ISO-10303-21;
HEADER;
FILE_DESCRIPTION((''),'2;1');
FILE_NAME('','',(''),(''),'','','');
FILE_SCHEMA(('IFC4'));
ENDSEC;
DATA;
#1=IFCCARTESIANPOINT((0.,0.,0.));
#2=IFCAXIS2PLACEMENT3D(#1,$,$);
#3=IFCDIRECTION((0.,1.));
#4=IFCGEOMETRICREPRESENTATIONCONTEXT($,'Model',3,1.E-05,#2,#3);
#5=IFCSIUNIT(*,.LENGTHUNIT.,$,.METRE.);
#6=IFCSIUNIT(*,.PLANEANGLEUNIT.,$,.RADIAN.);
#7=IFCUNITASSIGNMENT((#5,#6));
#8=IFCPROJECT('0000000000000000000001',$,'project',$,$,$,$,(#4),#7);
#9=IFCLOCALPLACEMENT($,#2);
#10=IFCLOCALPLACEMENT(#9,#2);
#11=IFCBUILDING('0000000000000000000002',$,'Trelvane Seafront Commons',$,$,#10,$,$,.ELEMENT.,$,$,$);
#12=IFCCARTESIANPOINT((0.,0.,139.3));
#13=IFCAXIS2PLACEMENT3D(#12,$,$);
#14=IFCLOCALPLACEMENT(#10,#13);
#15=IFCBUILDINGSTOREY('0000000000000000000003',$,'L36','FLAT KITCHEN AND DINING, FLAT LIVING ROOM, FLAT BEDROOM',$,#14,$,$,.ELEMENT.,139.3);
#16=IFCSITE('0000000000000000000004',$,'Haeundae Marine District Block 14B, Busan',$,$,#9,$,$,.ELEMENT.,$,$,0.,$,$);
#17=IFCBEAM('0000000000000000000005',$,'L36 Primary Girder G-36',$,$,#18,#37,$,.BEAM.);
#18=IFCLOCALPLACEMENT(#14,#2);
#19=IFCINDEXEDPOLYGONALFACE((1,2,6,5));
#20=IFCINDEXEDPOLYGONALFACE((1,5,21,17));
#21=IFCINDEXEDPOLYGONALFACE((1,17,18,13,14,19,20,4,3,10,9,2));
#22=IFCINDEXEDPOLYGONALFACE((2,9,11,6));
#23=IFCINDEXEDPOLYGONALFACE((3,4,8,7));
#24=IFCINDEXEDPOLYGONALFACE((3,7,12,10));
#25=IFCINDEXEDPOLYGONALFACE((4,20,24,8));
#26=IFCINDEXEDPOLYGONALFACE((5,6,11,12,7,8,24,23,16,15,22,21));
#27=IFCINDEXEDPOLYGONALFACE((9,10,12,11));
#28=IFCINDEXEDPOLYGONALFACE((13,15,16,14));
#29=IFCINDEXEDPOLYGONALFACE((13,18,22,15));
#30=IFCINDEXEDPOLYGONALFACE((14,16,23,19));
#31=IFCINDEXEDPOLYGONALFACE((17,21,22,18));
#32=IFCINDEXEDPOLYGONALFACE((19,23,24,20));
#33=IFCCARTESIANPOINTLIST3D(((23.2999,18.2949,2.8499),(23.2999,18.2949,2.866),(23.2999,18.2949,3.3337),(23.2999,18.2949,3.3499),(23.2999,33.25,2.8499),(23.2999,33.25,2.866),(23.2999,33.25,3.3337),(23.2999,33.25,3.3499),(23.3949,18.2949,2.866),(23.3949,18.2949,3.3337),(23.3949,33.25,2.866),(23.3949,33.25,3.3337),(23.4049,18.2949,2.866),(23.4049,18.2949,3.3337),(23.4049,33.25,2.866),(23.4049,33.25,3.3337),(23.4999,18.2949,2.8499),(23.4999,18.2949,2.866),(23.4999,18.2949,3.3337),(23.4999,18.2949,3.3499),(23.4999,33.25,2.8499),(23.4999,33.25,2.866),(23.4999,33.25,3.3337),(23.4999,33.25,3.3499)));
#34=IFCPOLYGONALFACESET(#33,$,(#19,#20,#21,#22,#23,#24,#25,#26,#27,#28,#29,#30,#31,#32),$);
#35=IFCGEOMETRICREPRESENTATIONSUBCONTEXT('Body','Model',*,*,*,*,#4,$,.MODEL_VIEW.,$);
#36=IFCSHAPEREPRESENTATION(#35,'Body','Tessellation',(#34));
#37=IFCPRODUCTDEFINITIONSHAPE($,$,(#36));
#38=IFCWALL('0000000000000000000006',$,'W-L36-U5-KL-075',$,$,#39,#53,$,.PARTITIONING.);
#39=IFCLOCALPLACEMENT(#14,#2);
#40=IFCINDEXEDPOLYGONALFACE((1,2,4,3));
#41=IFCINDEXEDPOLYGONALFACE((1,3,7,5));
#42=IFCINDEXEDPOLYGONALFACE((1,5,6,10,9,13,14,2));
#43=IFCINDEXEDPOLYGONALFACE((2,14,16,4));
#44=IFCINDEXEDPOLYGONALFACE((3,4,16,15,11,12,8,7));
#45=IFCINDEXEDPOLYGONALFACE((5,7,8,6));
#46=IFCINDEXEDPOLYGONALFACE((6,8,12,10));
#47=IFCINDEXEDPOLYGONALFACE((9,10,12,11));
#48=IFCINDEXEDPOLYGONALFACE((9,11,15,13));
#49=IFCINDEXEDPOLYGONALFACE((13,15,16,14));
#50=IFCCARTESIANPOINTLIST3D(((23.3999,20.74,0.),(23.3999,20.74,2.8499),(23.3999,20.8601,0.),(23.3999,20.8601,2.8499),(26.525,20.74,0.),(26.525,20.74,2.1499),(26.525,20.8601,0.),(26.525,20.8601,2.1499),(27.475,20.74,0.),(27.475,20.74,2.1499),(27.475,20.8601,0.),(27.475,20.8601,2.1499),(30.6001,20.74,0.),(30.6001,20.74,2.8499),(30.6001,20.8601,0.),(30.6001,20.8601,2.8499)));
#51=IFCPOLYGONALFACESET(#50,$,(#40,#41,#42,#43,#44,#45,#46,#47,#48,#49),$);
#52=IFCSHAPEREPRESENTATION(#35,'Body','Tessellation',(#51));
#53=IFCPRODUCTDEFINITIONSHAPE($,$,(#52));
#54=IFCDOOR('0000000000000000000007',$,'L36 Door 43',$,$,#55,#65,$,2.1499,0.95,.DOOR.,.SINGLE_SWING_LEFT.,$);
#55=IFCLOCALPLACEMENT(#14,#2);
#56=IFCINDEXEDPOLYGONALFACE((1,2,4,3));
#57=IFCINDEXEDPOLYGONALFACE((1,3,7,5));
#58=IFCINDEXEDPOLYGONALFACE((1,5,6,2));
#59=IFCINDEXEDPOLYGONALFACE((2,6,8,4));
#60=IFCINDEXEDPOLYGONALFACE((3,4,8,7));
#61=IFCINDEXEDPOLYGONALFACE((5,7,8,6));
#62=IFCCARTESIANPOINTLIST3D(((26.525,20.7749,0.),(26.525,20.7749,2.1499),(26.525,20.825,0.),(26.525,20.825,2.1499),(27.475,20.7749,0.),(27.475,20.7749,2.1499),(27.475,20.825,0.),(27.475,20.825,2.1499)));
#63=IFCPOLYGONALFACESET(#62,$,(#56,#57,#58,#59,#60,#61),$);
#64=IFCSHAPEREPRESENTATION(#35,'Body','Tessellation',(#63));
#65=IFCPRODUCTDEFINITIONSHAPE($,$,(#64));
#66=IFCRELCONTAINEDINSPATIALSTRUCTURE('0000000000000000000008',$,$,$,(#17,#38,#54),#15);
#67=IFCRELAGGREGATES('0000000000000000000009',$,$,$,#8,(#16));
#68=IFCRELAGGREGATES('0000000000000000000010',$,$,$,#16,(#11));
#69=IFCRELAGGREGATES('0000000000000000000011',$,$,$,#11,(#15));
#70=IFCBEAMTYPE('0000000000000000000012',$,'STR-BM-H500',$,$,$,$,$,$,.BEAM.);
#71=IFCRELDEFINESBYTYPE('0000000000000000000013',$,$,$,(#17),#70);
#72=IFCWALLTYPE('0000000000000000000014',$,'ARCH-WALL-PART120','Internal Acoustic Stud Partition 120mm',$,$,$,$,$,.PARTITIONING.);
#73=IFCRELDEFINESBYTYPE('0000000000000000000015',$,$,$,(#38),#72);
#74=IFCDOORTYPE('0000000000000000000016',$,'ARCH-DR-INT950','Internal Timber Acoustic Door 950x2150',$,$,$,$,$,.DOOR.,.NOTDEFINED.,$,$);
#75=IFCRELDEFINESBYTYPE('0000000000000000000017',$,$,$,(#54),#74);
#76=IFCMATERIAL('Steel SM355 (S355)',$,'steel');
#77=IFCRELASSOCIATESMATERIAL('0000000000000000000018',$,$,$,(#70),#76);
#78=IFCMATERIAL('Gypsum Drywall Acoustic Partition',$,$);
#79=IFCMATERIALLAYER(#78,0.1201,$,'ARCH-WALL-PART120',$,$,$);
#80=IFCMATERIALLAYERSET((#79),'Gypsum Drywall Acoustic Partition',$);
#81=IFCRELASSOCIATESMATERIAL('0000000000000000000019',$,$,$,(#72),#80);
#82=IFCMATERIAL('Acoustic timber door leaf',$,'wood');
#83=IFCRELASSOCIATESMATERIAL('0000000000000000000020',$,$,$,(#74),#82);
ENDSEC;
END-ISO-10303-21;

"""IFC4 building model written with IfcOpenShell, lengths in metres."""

from ifc_helpers import new_model, si_unit, direction, frame, frame_2d, origin, origin_2d, place, context, subcontext, project, spatial, rectangle, i_section, extrude, source, transform, mapped, material, layer, layer_set, material_profile, profile_set, type_object, element, fill, save


model = new_model("IFC4")

# Units and contexts
model_context = context("Model", 3, precision=1e-05, world=origin(), true_north=direction((0.0, 1.0)))
body_context = subcontext(model_context, "Body", "Model", "MODEL_VIEW")
ifc_project = project(units=[si_unit("LENGTHUNIT", "METRE"), si_unit("PLANEANGLEUNIT", "RADIAN")], contexts=[model_context])

# Site, building, storey
site_placement = place(None, origin())
site = spatial("IfcSite", under=ifc_project, at=site_placement, Name="Haeundae Marine District Block 14B, Busan", CompositionType="ELEMENT", RefElevation=0.0)
building_placement = place(site_placement, origin())
building = spatial("IfcBuilding", under=site, at=building_placement, Name="Trelvane Seafront Commons", CompositionType="ELEMENT")
storey_placement = place(building_placement, frame((0.0, 0.0, 139.3)))
storey = spatial("IfcBuildingStorey", under=building, at=storey_placement, Name="L36", Description="FLAT KITCHEN AND DINING, FLAT LIVING ROOM, FLAT BEDROOM", CompositionType="ELEMENT", Elevation=139.3)

# Shared definitions
ifc_material_1 = material(Name="Steel SM355 (S355)", Category="steel")

# Beam
ifc_material_profile_1 = material_profile(ifc_material_1, i_section(OverallWidth=0.2, OverallDepth=0.5, WebThickness=0.01, FlangeThickness=0.0161, at=origin_2d()), Name="H-500x200x10x16")
ifc_profile_set_1 = profile_set([ifc_material_profile_1], Name="Steel SM355 (S355)")
beam_type_1 = type_object("IfcBeamType", Name="STR-BM-H500", PredefinedType="BEAM", material=ifc_profile_set_1)
shared_shape_1 = source(origin(), body_context, "Body", "SweptSolid", [
    extrude(i_section(OverallWidth=0.2, OverallDepth=0.5, WebThickness=0.01, FlangeThickness=0.0161, at=origin_2d()), origin(), (0.0, 0.0, 1.0), 14.9551),
])
beam_1_placement = place(storey_placement, frame((23.3999, 18.2949, 3.0999), z_axis=(0.0, 1.0, 0.0), x_axis=(-1.0, 0.0, 0.0)))
element("IfcBeam", 1, at=beam_1_placement, inside=storey, type_object=beam_type_1, Name="L36 Primary Girder G-36", PredefinedType="BEAM", context=body_context, shape_type="MappedRepresentation", body=[
    mapped(shared_shape_1, transform((0.0, 0.0, 0.0), x_axis=(1.0, 0.0, 0.0), y_axis=(0.0, 1.0, 0.0), z_axis=(0.0, 0.0, 1.0), scale=1.0)),
])

# Wall, opening, door
ifc_material_2 = material(Name="Gypsum Drywall Acoustic Partition")
ifc_layer = layer(ifc_material_2, 0.1201, Name="ARCH-WALL-PART120")
ifc_layer_set = layer_set([ifc_layer], Name="Gypsum Drywall Acoustic Partition")
wall_type = type_object("IfcWallType", Name="ARCH-WALL-PART120", Description="Internal Acoustic Stud Partition 120mm", PredefinedType="PARTITIONING", material=ifc_layer_set)
ifc_material_3 = material(Name="Acoustic timber door leaf", Category="wood")
door_type = type_object("IfcDoorType", Name="ARCH-DR-INT950", Description="Internal Timber Acoustic Door 950x2150", OperationType="NOTDEFINED", PredefinedType="DOOR", material=ifc_material_3)
shared_shape_2 = source(origin(), body_context, "Body", "SweptSolid", [
    extrude(rectangle(XDim=0.95, YDim=2.1499, at=frame_2d((0.4751, 1.075))), frame((0.0, 0.0249, 0.0), z_axis=(0.0, -1.0, 0.0), x_axis=(1.0, 0.0, 0.0)), (0.0, 0.0, 1.0), 0.05),
])
wall_1_placement = place(storey_placement, frame((23.3999, 20.8, 0.0), z_axis=(0.0, 0.0, 1.0), x_axis=(1.0, 0.0, 0.0)))
wall_1 = element("IfcWall", 2, at=wall_1_placement, inside=storey, type_object=wall_type, Name="W-L36-U5-KL-075", PredefinedType="PARTITIONING", context=body_context, shape_type="SweptSolid", body=[
    extrude(rectangle(XDim=7.2002, YDim=0.1201, at=frame_2d((3.6001, 0.0))), origin(), (0.0, 0.0, 1.0), 2.8499),
])
opening_1_placement = place(wall_1_placement, frame((3.125, 0.0, 0.0)))
opening_1 = element("IfcOpeningElement", 3, at=opening_1_placement, cuts=wall_1, PredefinedType="OPENING", context=body_context, shape_type="SweptSolid", body=[
    extrude(rectangle(XDim=0.95, YDim=2.1499, at=frame_2d((0.4751, 1.075))), frame((0.0, 0.0701, 0.0), z_axis=(0.0, -1.0, 0.0), x_axis=(1.0, 0.0, 0.0)), (0.0, 0.0, 1.0), 0.1401),
])
door_1_placement = place(opening_1_placement, origin())
door_1 = element("IfcDoor", 4, at=door_1_placement, inside=storey, type_object=door_type, Name="L36 Door 43", OperationType="SINGLE_SWING_LEFT", OverallHeight=2.1499, OverallWidth=0.95, PredefinedType="DOOR", context=body_context, shape_type="MappedRepresentation", body=[
    mapped(shared_shape_2, transform((0.0, 0.0, 0.0), x_axis=(1.0, 0.0, 0.0), y_axis=(0.0, 1.0, 0.0), z_axis=(0.0, 0.0, 1.0), scale=1.0)),
])
fill(opening_1, door_1)

save(model, "model.ifc")
